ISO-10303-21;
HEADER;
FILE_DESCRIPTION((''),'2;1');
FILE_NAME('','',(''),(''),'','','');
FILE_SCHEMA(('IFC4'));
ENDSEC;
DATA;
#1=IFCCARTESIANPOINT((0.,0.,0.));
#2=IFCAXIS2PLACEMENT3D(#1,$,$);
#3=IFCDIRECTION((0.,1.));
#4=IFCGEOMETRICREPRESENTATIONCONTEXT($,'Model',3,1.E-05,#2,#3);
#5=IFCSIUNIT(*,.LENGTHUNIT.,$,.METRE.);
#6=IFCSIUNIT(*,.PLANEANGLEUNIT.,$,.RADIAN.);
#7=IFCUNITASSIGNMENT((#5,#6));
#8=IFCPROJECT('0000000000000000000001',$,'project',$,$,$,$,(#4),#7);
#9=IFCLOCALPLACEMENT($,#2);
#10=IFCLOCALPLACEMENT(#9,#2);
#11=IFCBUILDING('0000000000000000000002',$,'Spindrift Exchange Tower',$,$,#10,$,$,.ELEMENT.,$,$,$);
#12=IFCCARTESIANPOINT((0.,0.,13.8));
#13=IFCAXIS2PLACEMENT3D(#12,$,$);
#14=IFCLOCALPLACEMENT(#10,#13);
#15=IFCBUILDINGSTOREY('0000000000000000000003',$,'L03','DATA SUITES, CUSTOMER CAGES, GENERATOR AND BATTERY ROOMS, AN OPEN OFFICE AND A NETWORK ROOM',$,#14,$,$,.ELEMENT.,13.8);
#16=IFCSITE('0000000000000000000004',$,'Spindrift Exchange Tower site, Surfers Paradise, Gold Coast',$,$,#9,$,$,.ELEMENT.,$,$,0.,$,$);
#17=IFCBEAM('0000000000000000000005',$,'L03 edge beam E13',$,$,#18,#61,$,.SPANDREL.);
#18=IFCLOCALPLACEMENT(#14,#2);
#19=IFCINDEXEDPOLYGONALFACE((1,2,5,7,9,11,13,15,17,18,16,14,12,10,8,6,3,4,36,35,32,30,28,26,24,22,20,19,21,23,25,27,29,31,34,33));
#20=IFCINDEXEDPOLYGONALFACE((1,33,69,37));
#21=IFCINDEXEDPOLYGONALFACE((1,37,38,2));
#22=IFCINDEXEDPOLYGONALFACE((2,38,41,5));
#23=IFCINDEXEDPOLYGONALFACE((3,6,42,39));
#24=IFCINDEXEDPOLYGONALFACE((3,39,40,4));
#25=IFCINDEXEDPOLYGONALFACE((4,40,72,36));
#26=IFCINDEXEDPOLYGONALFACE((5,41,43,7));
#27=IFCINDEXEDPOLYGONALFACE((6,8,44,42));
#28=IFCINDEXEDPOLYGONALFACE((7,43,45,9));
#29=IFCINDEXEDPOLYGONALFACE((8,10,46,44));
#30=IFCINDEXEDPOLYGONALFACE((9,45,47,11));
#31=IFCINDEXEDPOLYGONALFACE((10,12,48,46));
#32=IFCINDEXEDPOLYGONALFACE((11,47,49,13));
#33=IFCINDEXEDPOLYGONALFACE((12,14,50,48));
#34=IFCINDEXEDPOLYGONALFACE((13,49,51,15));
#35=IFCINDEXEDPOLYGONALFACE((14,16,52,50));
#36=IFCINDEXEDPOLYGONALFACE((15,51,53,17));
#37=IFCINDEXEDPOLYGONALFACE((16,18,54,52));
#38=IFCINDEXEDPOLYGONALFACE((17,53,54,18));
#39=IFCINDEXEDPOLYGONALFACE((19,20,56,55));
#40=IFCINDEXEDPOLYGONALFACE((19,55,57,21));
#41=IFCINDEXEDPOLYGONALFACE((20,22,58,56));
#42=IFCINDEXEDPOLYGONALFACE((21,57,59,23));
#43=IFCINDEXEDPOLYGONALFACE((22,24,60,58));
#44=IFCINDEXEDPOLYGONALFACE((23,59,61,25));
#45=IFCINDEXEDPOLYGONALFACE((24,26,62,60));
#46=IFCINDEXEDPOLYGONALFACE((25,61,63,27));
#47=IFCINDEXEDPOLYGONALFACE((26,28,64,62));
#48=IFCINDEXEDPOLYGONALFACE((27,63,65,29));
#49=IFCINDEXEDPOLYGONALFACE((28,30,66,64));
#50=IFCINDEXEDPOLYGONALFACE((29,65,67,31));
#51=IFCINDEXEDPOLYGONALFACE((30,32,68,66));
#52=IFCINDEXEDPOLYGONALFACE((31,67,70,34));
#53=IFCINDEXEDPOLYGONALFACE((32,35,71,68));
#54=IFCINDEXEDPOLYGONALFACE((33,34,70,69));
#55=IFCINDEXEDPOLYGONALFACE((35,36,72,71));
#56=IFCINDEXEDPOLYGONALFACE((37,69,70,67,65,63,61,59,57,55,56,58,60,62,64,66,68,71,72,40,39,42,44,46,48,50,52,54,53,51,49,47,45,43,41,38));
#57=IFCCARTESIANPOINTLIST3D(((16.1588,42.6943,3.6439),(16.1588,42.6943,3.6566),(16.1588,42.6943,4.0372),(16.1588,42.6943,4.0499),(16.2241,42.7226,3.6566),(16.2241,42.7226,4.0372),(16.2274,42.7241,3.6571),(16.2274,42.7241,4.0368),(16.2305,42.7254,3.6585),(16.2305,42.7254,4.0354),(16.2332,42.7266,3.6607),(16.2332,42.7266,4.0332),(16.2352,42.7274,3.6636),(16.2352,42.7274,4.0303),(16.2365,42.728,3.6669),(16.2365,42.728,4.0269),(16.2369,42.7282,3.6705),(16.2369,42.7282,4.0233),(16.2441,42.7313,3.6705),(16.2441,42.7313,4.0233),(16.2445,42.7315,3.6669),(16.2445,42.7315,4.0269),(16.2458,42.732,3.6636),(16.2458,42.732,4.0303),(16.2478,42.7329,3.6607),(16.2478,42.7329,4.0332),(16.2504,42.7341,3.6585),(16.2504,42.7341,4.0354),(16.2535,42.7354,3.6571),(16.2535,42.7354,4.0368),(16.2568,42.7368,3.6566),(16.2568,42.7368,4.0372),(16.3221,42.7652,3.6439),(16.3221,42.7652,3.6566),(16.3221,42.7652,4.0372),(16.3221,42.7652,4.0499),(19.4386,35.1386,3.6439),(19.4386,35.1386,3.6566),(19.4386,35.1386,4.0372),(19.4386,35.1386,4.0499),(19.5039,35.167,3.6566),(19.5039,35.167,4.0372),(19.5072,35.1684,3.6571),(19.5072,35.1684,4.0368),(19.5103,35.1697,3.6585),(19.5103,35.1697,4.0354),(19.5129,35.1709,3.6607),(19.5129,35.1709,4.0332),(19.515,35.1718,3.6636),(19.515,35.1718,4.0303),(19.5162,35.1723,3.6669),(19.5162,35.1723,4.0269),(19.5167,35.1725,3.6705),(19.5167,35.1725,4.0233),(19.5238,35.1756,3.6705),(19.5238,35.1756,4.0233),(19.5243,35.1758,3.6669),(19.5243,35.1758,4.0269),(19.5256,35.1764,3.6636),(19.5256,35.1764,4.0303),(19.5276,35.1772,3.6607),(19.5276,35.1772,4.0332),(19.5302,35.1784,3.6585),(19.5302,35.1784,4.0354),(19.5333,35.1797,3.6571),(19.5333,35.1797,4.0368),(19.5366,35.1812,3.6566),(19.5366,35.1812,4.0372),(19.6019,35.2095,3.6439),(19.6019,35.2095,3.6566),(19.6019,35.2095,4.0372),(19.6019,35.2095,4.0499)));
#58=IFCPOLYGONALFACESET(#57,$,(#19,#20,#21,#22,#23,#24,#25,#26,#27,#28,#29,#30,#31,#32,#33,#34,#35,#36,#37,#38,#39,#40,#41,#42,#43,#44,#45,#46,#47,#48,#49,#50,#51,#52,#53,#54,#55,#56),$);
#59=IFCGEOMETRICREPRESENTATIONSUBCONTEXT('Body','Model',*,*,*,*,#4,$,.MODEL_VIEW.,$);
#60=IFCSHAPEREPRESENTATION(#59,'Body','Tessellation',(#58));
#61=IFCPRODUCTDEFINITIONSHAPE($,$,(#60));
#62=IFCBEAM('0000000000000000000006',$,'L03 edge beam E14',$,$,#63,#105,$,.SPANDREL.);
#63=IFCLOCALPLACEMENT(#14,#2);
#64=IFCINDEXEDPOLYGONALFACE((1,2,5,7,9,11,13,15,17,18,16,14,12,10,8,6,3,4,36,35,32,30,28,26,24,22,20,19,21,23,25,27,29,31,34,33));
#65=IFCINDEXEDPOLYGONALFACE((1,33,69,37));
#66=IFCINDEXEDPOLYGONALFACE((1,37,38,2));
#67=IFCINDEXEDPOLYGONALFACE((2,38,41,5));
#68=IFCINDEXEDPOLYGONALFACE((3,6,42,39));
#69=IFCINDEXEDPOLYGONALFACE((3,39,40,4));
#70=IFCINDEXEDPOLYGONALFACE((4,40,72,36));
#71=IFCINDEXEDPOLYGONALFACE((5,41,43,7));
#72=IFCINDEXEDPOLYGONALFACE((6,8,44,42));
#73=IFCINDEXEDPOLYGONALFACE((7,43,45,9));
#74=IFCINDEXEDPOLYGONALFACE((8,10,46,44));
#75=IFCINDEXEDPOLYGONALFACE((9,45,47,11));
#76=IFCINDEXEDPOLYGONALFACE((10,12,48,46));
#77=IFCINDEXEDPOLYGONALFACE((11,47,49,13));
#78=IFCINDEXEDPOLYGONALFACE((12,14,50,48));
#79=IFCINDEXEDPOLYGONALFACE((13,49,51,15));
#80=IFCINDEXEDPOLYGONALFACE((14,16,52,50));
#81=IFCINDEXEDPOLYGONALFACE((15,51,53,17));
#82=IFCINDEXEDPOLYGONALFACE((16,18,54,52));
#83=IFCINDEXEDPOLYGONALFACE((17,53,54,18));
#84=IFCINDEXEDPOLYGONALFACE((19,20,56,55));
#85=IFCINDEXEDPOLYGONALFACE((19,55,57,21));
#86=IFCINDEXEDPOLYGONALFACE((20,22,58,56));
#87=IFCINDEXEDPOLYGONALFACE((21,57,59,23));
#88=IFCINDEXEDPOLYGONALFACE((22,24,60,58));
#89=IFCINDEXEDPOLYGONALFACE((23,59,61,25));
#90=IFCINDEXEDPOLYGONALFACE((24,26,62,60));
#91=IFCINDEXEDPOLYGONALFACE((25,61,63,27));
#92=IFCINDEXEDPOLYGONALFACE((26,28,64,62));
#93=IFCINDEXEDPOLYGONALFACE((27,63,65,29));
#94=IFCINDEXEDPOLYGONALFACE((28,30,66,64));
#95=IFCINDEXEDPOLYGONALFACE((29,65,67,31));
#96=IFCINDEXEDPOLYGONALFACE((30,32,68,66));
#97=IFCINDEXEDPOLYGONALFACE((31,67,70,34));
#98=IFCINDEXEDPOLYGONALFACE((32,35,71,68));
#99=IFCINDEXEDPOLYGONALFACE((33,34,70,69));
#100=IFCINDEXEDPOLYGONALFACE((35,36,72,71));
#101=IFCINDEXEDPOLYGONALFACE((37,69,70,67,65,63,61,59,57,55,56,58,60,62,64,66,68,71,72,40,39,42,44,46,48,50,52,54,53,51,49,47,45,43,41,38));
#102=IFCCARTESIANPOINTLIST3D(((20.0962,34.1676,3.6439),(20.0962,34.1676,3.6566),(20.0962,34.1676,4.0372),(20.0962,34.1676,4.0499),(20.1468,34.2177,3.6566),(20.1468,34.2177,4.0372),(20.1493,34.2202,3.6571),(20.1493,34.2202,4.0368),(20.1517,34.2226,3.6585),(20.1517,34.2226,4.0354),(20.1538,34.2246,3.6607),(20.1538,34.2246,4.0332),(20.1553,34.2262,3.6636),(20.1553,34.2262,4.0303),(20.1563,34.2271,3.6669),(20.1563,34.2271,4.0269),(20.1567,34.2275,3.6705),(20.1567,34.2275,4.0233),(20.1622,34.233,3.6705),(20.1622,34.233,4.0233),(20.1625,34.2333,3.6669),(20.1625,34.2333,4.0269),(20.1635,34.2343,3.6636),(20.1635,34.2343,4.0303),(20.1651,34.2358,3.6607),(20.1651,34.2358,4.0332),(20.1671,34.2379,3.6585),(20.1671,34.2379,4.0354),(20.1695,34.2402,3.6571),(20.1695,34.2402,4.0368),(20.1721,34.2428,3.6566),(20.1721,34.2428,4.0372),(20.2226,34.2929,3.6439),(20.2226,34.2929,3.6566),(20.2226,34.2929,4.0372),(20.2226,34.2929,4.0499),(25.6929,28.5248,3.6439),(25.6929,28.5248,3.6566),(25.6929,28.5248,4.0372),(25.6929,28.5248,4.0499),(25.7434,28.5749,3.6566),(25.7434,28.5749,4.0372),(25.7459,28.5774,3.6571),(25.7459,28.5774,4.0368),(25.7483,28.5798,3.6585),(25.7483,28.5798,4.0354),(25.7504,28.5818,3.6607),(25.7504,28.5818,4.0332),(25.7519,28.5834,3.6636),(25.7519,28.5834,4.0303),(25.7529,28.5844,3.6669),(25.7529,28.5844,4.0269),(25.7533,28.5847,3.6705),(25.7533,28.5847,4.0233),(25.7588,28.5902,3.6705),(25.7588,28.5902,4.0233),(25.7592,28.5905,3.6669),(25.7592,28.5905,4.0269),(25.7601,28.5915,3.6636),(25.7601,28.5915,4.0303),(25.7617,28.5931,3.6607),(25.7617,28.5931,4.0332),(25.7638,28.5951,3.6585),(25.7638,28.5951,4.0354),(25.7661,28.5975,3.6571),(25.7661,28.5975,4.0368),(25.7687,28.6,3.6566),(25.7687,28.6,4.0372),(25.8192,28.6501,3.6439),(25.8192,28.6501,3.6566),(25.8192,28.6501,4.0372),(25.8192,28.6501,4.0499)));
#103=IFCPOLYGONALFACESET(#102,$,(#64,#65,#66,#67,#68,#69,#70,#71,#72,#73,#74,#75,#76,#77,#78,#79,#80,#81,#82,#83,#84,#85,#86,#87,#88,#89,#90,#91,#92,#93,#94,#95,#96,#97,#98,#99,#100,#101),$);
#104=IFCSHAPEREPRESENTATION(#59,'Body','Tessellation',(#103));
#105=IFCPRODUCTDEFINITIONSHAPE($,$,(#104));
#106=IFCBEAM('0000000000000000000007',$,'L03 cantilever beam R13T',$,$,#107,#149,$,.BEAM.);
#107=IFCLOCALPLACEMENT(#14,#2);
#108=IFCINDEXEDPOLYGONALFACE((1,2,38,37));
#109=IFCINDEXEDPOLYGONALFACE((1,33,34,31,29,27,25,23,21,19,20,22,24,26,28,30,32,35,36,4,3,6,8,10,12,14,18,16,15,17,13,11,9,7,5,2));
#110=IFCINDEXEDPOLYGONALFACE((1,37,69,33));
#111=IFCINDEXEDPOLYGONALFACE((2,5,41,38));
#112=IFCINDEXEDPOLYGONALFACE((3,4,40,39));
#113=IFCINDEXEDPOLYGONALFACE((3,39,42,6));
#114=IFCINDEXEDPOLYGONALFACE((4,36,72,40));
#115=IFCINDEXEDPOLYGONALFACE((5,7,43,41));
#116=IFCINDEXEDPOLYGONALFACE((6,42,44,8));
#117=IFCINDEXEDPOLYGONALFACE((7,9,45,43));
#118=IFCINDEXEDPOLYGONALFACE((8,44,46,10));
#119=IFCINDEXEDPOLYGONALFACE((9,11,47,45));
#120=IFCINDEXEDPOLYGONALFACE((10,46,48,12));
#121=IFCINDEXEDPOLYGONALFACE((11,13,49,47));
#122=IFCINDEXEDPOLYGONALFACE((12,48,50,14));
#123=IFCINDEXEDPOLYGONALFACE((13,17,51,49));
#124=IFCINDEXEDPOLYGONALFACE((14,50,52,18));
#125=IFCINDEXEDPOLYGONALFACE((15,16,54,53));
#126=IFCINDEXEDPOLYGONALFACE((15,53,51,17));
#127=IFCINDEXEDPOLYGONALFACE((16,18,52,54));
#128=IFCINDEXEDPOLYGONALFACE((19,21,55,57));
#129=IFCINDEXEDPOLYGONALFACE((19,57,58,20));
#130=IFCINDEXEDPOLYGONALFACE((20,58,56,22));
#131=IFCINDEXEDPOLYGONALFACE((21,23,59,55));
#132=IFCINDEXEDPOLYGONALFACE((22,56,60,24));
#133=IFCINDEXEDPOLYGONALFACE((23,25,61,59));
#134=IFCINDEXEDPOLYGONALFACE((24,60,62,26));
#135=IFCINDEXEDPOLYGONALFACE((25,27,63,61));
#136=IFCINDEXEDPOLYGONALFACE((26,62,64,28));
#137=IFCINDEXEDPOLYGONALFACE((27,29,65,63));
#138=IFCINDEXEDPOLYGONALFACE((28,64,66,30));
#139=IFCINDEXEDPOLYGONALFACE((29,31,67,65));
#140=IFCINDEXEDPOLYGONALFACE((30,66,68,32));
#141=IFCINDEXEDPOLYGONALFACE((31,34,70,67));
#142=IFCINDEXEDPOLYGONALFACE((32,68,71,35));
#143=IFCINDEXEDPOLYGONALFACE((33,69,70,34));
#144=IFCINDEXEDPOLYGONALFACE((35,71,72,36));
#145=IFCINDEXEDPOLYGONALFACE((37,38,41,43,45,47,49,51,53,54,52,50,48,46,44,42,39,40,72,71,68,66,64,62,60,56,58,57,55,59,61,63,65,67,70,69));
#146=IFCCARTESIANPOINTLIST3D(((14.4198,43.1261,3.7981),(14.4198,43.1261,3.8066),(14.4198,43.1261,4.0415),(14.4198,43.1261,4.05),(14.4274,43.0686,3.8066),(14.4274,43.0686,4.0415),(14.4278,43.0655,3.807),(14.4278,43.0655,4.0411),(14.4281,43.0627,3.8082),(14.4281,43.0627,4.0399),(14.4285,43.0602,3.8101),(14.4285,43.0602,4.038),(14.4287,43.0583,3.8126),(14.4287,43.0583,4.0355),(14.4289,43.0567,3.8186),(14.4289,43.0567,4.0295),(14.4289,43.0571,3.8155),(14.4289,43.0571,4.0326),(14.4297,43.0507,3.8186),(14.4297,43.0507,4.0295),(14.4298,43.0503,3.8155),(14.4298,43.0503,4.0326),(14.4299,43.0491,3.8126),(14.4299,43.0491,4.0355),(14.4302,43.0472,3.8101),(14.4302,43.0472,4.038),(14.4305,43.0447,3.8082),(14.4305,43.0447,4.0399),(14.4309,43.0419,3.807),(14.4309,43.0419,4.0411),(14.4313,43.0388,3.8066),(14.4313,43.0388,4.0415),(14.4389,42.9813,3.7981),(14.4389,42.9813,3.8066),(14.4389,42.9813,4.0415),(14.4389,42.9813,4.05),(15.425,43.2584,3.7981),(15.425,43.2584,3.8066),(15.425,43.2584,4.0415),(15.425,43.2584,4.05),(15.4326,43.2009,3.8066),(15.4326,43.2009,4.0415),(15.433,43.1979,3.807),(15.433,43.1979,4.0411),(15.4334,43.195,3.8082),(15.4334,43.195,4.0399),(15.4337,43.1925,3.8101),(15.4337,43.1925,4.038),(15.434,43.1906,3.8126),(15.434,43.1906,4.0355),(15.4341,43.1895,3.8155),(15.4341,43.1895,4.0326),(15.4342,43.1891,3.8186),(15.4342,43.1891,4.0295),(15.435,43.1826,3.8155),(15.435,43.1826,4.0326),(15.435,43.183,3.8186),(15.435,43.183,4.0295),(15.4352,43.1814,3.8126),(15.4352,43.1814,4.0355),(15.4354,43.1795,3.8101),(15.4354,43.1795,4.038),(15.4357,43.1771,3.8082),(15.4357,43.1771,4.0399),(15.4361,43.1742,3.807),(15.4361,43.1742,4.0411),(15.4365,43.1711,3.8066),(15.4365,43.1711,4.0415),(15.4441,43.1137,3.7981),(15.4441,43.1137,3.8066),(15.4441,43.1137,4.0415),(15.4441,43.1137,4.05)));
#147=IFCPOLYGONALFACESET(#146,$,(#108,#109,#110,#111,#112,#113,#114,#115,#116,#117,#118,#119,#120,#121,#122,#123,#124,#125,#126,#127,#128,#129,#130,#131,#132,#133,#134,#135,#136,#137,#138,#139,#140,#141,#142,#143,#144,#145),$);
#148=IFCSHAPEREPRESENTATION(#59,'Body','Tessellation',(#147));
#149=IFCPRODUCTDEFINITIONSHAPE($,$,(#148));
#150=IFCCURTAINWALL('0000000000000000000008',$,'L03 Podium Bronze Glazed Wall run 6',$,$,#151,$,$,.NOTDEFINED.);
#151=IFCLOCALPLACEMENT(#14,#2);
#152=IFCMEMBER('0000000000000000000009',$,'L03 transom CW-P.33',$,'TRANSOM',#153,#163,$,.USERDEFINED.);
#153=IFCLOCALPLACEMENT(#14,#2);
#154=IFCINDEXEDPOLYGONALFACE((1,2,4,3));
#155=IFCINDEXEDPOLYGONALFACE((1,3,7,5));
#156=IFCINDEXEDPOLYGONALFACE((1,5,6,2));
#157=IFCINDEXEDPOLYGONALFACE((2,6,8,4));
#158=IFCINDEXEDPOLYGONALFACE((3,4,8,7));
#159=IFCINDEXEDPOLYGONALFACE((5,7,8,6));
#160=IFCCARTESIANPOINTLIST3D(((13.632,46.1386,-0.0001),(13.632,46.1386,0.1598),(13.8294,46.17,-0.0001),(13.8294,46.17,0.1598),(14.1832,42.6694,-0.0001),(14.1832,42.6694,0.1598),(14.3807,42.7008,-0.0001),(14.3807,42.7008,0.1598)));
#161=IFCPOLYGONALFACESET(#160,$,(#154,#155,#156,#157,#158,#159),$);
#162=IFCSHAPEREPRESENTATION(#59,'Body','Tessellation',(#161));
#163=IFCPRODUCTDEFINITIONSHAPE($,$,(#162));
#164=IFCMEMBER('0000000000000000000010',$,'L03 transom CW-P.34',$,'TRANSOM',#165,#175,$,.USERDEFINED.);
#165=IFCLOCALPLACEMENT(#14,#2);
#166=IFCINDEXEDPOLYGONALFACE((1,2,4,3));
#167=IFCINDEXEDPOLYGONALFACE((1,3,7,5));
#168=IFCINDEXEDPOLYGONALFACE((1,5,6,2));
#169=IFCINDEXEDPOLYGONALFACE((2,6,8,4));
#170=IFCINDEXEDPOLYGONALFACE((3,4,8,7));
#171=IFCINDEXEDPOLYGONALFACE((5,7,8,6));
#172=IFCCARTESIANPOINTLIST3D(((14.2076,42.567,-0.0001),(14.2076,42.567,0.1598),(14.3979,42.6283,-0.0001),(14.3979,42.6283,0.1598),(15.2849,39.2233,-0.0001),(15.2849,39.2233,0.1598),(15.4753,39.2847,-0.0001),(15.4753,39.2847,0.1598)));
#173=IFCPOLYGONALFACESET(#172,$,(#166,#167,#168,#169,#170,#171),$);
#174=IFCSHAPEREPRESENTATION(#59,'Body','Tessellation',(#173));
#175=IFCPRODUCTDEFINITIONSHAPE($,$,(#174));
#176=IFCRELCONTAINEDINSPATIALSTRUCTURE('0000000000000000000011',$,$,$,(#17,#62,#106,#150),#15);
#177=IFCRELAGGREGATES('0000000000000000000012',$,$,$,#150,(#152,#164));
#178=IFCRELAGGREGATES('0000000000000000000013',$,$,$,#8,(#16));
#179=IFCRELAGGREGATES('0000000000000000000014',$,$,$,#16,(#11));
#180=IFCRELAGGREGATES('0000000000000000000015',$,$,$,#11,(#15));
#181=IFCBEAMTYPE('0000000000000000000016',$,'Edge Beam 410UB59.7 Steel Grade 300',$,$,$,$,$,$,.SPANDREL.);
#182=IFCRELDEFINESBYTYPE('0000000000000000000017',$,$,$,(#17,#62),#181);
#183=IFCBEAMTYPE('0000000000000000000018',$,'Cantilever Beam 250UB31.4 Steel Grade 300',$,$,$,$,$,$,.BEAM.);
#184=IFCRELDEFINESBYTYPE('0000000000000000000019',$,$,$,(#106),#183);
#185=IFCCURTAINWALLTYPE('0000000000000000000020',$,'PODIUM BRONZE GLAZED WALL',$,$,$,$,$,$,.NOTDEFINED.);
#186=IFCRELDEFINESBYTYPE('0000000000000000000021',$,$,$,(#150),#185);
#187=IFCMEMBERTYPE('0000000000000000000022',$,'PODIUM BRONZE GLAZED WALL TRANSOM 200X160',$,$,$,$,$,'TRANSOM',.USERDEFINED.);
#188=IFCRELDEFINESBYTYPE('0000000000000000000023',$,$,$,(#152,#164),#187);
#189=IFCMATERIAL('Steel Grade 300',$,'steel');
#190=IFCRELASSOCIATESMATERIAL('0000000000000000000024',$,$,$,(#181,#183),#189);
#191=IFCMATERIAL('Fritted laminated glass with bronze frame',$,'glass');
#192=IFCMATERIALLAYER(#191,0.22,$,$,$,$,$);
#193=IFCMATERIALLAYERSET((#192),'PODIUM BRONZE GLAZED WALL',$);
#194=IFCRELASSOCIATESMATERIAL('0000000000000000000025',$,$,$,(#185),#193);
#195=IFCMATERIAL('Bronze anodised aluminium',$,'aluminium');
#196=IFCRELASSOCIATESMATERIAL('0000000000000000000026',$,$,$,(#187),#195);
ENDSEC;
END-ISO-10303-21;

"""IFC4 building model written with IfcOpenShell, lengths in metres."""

from ifc_helpers import new_model, si_unit, direction, frame, origin, origin_2d, place, context, subcontext, project, spatial, rectangle, i_section, extrude, source, transform, mapped, material, layer, layer_set, material_profile, profile_set, type_object, element, aggregate, save


model = new_model("IFC4")

# Units and contexts
model_context = context("Model", 3, precision=1e-05, world=origin(), true_north=direction((0.0, 1.0)))
body_context = subcontext(model_context, "Body", "Model", "MODEL_VIEW")
ifc_project = project(units=[si_unit("LENGTHUNIT", "METRE"), si_unit("PLANEANGLEUNIT", "RADIAN")], contexts=[model_context])

# Site, building, storey
site_placement = place(None, origin())
site = spatial("IfcSite", under=ifc_project, at=site_placement, Name="Spindrift Exchange Tower site, Surfers Paradise, Gold Coast", CompositionType="ELEMENT", RefElevation=0.0)
building_placement = place(site_placement, origin())
building = spatial("IfcBuilding", under=site, at=building_placement, Name="Spindrift Exchange Tower", CompositionType="ELEMENT")
storey_placement = place(building_placement, frame((0.0, 0.0, 13.8)))
storey = spatial("IfcBuildingStorey", under=building, at=storey_placement, Name="L03", Description="DATA SUITES, CUSTOMER CAGES, GENERATOR AND BATTERY ROOMS, AN OPEN OFFICE AND A NETWORK ROOM", CompositionType="ELEMENT", Elevation=13.8)

# Beams
ifc_material_1 = material(Name="Steel Grade 300", Category="steel")
ifc_material_profile_1 = material_profile(ifc_material_1, i_section(OverallWidth=0.178, OverallDepth=0.406, WebThickness=0.0078, FlangeThickness=0.0127, FilletRadius=0.0139, at=origin_2d()), Name="410UB59.7")
ifc_profile_set_1 = profile_set([ifc_material_profile_1], Name="Steel Grade 300")
beam_type_1 = type_object("IfcBeamType", Name="Edge Beam 410UB59.7 Steel Grade 300", PredefinedType="SPANDREL", material=ifc_profile_set_1)
shared_shape_1 = source(origin(), body_context, "Body", "SweptSolid", [
    extrude(i_section(OverallWidth=0.178, OverallDepth=0.406, WebThickness=0.0078, FlangeThickness=0.0127, FilletRadius=0.0139, at=origin_2d()), origin(), (0.0, 0.0, 1.0), 8.2368),
])
beam_1_placement = place(storey_placement, frame((16.2405, 42.7297, 3.8469), z_axis=(0.398186, -0.917305, 0.0), x_axis=(0.917305, 0.398186, 0.0)))
element("IfcBeam", 1, at=beam_1_placement, inside=storey, type_object=beam_type_1, Name="L03 edge beam E13", PredefinedType="SPANDREL", context=body_context, shape_type="MappedRepresentation", body=[
    mapped(shared_shape_1, transform((0.0, 0.0, 0.0), scale=1.0)),
])
shared_shape_2 = source(origin(), body_context, "Body", "SweptSolid", [
    extrude(i_section(OverallWidth=0.178, OverallDepth=0.406, WebThickness=0.0078, FlangeThickness=0.0127, FilletRadius=0.0139, at=origin_2d()), origin(), (0.0, 0.0, 1.0), 7.9475),
])
beam_2_placement = place(storey_placement, frame((20.1594, 34.2302, 3.8469), z_axis=(0.704198, -0.710004, 0.0), x_axis=(0.710004, 0.704198, 0.0)))
element("IfcBeam", 2, at=beam_2_placement, inside=storey, type_object=beam_type_1, Name="L03 edge beam E14", PredefinedType="SPANDREL", context=body_context, shape_type="MappedRepresentation", body=[
    mapped(shared_shape_2, transform((0.0, 0.0, 0.0), scale=1.0)),
])
ifc_material_profile_2 = material_profile(ifc_material_1, i_section(OverallWidth=0.146, OverallDepth=0.252, WebThickness=0.0061, FlangeThickness=0.0085, FilletRadius=0.012, at=origin_2d()), Name="250UB31.4")
ifc_profile_set_2 = profile_set([ifc_material_profile_2], Name="Steel Grade 300")
beam_type_2 = type_object("IfcBeamType", Name="Cantilever Beam 250UB31.4 Steel Grade 300", PredefinedType="BEAM", material=ifc_profile_set_2)
shared_shape_3 = source(origin(), body_context, "Body", "SweptSolid", [
    extrude(i_section(OverallWidth=0.146, OverallDepth=0.252, WebThickness=0.0061, FlangeThickness=0.0085, FilletRadius=0.012, at=origin_2d()), origin(), (0.0, 0.0, 1.0), 1.0139),
])
beam_3_placement = place(storey_placement, frame((15.4346, 43.186, 3.9241), z_axis=(-0.991445, -0.130523, 0.0), x_axis=(0.130523, -0.991445, 0.0)))
element("IfcBeam", 3, at=beam_3_placement, inside=storey, type_object=beam_type_2, Name="L03 cantilever beam R13T", PredefinedType="BEAM", context=body_context, shape_type="MappedRepresentation", body=[
    mapped(shared_shape_3, transform((0.0, 0.0, 0.0), scale=1.0)),
])

# Curtain wall, members
ifc_material_2 = material(Name="Fritted laminated glass with bronze frame", Category="glass")
ifc_layer_1 = layer(ifc_material_2, 0.22)
ifc_layer_set_1 = layer_set([ifc_layer_1], Name="PODIUM BRONZE GLAZED WALL")
curtain_wall_type = type_object("IfcCurtainWallType", Name="PODIUM BRONZE GLAZED WALL", PredefinedType="NOTDEFINED", material=ifc_layer_set_1)
curtain_wall_1_placement = place(storey_placement, origin())
curtain_wall_1 = element("IfcCurtainWall", 4, at=curtain_wall_1_placement, inside=storey, type_object=curtain_wall_type, Name="L03 Podium Bronze Glazed Wall run 6", PredefinedType="NOTDEFINED")
ifc_material_3 = material(Name="Bronze anodised aluminium", Category="aluminium")
ifc_material_profile_3 = material_profile(ifc_material_3, rectangle(XDim=0.2, YDim=0.1599, at=origin_2d()), Name="PODIUM BRONZE GLAZED WALL TRANSOM 200X160")
ifc_profile_set_3 = profile_set([ifc_material_profile_3], Name="Bronze anodised aluminium")
member_type_1 = type_object("IfcMemberType", Name="PODIUM BRONZE GLAZED WALL TRANSOM 200X160", ElementType="TRANSOM", PredefinedType="USERDEFINED", material=ifc_profile_set_3)
shared_shape_4 = source(origin(), body_context, "Body", "SweptSolid", [
    extrude(rectangle(XDim=0.2, YDim=0.1599, at=origin_2d()), origin(), (0.0, 0.0, 1.0), 3.5127),
])
member_1_placement = place(storey_placement, frame((13.7307, 46.1543, 0.0798), z_axis=(0.156933, -0.987609, 0.0), x_axis=(0.987609, 0.156933, 0.0)))
member_1 = element("IfcMember", 5, at=member_1_placement, type_object=member_type_1, Name="L03 transom CW-P.33", ObjectType="TRANSOM", PredefinedType="USERDEFINED", context=body_context, shape_type="MappedRepresentation", body=[
    mapped(shared_shape_4, transform((0.0, 0.0, 0.0), scale=1.0)),
])
shared_shape_5 = source(origin(), body_context, "Body", "SweptSolid", [
    extrude(rectangle(XDim=0.2, YDim=0.1599, at=origin_2d()), origin(), (0.0, 0.0, 1.0), 3.5129),
])
member_2_placement = place(storey_placement, frame((14.3027, 42.5977, 0.0798), z_axis=(0.306684, -0.951811, 0.0), x_axis=(0.951811, 0.306684, 0.0)))
member_2 = element("IfcMember", 6, at=member_2_placement, type_object=member_type_1, Name="L03 transom CW-P.34", ObjectType="TRANSOM", PredefinedType="USERDEFINED", context=body_context, shape_type="MappedRepresentation", body=[
    mapped(shared_shape_5, transform((0.0, 0.0, 0.0), scale=1.0)),
])

aggregate(curtain_wall_1, [member_1, member_2])

save(model, "model.ifc")
